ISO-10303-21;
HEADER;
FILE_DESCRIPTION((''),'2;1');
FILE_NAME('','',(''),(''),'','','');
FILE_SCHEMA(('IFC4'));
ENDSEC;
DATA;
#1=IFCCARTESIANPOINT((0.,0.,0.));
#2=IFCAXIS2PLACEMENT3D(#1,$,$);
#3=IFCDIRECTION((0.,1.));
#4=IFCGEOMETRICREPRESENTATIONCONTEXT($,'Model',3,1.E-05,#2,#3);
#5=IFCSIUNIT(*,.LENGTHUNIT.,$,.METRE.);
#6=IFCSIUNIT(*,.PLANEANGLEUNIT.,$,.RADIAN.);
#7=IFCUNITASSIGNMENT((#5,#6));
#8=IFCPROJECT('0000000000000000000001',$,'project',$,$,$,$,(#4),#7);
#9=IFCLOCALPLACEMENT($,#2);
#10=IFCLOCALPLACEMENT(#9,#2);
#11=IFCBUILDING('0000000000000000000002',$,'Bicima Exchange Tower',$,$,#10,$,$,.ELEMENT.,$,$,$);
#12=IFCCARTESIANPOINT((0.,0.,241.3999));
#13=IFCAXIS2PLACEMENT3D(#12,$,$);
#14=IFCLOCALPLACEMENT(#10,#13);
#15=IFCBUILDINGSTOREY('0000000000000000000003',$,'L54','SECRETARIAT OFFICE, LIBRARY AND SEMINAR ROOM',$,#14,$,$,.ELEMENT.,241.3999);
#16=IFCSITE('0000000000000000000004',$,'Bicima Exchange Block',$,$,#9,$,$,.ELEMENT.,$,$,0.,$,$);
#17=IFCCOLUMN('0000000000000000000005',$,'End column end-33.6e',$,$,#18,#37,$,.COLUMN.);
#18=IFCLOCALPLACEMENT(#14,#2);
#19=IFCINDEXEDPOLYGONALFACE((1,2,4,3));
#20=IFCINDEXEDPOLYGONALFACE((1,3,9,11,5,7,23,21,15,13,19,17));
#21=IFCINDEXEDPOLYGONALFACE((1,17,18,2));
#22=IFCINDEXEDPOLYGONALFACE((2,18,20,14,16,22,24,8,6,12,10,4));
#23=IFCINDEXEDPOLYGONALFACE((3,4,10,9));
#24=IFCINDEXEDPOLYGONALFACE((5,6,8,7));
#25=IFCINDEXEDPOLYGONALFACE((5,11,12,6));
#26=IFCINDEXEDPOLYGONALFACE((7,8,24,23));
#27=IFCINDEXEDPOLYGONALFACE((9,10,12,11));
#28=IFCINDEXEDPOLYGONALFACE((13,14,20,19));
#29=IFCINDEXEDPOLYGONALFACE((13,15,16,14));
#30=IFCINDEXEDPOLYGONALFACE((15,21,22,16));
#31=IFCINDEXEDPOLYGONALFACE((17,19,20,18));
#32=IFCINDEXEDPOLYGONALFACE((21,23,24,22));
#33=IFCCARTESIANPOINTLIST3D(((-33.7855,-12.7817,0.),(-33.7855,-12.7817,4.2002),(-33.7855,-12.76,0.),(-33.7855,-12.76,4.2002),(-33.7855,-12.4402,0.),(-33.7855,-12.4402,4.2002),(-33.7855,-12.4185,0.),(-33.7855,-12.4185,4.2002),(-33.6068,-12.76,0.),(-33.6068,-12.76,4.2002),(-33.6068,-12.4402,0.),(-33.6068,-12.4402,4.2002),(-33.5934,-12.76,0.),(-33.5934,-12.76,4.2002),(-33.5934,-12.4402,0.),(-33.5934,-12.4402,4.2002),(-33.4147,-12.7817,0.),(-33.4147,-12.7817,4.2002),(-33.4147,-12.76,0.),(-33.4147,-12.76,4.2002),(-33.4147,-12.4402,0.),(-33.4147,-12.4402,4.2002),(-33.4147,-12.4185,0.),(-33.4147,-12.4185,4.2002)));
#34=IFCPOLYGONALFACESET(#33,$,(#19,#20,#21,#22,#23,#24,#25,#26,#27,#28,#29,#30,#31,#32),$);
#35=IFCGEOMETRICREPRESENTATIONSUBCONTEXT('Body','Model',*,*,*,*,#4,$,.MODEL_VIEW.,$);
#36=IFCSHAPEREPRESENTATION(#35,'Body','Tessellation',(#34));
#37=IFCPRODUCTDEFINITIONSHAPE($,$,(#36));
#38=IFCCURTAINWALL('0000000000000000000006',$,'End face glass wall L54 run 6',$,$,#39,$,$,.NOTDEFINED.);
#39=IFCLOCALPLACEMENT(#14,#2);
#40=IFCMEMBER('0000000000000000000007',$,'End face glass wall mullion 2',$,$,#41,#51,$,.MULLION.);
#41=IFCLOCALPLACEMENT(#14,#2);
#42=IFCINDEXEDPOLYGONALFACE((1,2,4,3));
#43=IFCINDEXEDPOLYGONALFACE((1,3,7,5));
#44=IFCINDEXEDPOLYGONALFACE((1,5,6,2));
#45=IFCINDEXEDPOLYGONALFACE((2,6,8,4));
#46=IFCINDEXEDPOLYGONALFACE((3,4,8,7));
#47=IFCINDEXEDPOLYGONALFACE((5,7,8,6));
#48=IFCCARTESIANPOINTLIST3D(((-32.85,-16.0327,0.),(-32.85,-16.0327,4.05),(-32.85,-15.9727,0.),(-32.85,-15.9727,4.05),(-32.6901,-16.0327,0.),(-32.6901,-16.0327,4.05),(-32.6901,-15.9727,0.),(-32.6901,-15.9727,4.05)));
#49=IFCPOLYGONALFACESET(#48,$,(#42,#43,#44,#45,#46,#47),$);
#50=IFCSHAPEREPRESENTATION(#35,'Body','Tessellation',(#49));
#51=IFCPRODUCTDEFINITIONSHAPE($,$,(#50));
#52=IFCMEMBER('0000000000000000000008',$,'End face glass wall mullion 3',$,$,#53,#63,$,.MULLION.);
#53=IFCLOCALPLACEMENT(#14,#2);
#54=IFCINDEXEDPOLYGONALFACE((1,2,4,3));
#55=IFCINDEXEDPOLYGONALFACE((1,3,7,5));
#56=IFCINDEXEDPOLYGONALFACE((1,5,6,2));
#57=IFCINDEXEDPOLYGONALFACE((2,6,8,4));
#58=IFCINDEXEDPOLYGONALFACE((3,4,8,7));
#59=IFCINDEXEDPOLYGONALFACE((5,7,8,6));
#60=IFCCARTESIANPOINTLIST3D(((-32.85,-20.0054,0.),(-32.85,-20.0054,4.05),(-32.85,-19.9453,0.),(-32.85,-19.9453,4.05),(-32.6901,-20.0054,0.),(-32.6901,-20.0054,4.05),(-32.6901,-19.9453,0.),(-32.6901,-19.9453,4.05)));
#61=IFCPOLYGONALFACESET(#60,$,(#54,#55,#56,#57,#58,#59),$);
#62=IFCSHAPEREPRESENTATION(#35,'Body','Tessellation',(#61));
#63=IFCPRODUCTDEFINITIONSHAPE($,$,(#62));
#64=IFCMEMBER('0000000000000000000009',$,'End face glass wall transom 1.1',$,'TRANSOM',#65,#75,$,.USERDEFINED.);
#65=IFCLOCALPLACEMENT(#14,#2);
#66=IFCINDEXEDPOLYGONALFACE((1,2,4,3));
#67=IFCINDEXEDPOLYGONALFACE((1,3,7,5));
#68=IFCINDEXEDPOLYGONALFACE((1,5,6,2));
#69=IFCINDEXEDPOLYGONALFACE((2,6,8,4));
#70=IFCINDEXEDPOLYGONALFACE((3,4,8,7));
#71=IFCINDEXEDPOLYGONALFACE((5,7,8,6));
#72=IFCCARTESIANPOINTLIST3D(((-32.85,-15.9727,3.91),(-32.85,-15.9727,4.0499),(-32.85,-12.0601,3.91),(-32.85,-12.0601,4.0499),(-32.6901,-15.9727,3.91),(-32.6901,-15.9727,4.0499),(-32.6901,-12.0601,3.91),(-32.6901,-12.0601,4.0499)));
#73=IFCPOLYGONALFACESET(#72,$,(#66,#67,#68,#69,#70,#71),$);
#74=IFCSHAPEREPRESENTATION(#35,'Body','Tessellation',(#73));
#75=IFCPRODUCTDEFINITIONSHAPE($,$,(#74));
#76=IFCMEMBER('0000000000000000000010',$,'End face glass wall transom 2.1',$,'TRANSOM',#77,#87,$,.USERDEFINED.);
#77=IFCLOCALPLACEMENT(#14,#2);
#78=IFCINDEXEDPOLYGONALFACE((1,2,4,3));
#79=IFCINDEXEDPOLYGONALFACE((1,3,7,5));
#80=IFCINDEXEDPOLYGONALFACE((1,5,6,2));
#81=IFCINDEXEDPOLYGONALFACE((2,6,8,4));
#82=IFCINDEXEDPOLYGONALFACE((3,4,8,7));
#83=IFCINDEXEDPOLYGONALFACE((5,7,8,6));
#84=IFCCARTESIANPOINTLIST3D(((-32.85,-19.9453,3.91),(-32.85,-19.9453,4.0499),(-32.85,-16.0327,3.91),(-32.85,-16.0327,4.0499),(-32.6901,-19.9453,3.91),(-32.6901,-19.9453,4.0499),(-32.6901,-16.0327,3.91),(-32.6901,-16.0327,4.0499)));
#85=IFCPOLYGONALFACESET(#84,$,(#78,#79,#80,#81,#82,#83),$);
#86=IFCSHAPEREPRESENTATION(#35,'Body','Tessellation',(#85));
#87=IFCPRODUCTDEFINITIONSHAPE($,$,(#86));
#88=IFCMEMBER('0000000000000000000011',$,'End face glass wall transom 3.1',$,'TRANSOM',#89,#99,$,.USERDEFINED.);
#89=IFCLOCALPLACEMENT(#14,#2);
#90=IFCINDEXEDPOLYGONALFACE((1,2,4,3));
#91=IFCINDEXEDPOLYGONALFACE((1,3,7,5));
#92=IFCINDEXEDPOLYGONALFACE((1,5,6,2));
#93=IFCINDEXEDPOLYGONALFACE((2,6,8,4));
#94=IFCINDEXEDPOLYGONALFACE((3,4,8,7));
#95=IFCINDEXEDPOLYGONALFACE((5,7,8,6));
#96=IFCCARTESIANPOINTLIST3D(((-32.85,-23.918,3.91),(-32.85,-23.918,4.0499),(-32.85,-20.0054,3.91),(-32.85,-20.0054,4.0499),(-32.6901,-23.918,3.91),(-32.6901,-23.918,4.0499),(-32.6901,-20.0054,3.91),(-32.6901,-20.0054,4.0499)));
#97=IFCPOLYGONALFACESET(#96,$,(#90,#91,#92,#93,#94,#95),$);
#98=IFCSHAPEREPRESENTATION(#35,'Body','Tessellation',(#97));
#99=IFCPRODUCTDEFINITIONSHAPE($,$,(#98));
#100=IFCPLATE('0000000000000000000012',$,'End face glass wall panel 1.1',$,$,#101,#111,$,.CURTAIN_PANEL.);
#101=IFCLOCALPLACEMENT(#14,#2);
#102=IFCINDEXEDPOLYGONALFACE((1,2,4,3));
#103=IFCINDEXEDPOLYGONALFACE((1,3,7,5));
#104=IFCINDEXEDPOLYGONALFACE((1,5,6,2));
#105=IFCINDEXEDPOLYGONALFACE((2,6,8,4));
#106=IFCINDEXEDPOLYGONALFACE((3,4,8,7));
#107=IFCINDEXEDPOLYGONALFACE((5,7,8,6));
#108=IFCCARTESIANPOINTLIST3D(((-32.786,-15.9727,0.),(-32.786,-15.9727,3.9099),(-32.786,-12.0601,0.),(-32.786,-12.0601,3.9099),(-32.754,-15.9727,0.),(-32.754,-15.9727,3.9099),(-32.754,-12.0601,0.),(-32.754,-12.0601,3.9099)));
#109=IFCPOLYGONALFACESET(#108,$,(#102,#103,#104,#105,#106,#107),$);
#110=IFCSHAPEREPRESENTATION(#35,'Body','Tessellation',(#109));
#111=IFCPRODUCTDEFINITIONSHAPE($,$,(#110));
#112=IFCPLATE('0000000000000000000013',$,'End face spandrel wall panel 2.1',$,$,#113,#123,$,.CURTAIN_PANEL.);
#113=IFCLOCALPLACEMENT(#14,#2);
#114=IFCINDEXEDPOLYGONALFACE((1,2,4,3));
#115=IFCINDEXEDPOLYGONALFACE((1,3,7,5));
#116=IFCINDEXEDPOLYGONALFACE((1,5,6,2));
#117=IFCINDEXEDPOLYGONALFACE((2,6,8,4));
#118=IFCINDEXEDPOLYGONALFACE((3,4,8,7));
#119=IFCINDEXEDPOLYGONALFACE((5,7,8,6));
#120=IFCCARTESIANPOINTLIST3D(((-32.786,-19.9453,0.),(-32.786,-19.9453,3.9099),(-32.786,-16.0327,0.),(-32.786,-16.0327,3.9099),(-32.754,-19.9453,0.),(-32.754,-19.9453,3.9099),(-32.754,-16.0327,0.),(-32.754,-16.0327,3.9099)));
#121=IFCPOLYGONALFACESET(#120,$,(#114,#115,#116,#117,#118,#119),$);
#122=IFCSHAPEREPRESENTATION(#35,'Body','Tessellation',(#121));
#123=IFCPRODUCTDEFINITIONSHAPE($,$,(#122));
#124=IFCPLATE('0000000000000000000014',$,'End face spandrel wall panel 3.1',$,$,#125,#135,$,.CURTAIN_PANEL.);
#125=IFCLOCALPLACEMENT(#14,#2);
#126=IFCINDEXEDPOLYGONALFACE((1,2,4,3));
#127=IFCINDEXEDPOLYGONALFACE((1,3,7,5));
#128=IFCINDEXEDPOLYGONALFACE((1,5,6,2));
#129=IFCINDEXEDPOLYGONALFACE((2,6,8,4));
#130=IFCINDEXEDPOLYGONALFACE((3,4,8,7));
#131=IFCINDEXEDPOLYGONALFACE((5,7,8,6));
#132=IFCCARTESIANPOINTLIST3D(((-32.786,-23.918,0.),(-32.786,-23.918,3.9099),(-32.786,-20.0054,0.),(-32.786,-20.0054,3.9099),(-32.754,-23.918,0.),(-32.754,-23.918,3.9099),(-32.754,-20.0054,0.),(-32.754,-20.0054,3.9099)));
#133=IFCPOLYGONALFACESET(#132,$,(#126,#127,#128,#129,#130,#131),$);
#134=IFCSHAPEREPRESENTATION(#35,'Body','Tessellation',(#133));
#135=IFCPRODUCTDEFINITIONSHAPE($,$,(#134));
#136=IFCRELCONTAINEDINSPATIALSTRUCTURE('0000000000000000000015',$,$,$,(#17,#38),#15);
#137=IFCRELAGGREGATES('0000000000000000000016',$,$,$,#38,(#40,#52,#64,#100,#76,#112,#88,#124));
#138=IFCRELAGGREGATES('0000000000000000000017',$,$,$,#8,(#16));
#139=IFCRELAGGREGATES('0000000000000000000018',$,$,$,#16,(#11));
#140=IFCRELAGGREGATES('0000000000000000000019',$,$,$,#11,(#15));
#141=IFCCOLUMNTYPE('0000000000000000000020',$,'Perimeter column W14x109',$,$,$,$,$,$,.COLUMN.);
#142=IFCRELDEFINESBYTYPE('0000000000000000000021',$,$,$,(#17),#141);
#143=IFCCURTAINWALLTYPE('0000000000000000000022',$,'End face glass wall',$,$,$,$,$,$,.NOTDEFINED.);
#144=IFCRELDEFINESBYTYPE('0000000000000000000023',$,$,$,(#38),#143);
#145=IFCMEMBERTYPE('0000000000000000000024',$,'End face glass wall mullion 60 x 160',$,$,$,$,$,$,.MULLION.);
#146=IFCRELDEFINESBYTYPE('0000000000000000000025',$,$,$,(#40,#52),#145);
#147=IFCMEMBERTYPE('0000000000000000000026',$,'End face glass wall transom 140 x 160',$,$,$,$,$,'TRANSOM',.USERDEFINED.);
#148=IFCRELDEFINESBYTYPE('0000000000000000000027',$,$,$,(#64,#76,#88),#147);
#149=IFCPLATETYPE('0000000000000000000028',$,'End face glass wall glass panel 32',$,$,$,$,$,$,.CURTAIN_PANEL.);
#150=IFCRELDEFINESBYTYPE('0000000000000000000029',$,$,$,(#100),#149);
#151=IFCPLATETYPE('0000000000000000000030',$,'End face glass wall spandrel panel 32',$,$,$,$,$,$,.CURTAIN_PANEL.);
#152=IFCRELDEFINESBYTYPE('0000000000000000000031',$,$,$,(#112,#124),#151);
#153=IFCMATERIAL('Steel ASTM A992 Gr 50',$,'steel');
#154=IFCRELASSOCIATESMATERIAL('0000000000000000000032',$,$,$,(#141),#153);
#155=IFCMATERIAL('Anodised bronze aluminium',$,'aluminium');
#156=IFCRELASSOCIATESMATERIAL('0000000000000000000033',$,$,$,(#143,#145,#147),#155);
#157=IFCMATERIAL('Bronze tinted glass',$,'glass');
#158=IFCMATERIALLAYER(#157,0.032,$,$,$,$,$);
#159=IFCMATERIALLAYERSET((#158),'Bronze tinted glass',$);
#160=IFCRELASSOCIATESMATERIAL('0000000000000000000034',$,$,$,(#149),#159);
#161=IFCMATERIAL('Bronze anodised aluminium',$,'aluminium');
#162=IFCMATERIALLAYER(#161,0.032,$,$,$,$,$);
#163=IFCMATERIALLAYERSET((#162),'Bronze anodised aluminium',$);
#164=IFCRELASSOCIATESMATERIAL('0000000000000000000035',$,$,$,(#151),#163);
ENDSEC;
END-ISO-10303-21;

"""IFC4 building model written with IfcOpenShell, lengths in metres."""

from ifc_helpers import new_model, si_unit, direction, frame, origin, origin_2d, place, context, subcontext, project, spatial, rectangle, i_section, extrude, material, layer, layer_set, material_profile, profile_set, type_object, element, aggregate, save


model = new_model("IFC4")

# Units and contexts
model_context = context("Model", 3, precision=1e-05, world=origin(), true_north=direction((0.0, 1.0)))
body_context = subcontext(model_context, "Body", "Model", "MODEL_VIEW")
ifc_project = project(units=[si_unit("LENGTHUNIT", "METRE"), si_unit("PLANEANGLEUNIT", "RADIAN")], contexts=[model_context])

# Site, building, storey
site_placement = place(None, origin())
site = spatial("IfcSite", under=ifc_project, at=site_placement, Name="Bicima Exchange Block", CompositionType="ELEMENT", RefElevation=0.0)
building_placement = place(site_placement, origin())
building = spatial("IfcBuilding", under=site, at=building_placement, Name="Bicima Exchange Tower", CompositionType="ELEMENT")
storey_placement = place(building_placement, frame((0.0, 0.0, 241.3999)))
storey = spatial("IfcBuildingStorey", under=building, at=storey_placement, Name="L54", Description="SECRETARIAT OFFICE, LIBRARY AND SEMINAR ROOM", CompositionType="ELEMENT", Elevation=241.3999)

# Column
ifc_material_1 = material(Name="Steel ASTM A992 Gr 50", Category="steel")
ifc_material_profile_1 = material_profile(ifc_material_1, i_section(OverallWidth=0.3708, OverallDepth=0.3633, WebThickness=0.0134, FlangeThickness=0.0217, at=origin_2d()))
ifc_profile_set_1 = profile_set([ifc_material_profile_1], Name="Steel ASTM A992 Gr 50")
column_type = type_object("IfcColumnType", Name="Perimeter column W14x109", PredefinedType="COLUMN", material=ifc_profile_set_1)
column_placement = place(storey_placement, frame((-33.6001, -12.6001, 0.0), z_axis=(0.0, 0.0, 1.0), x_axis=(1.0, 0.0, 0.0)))
element("IfcColumn", 1, at=column_placement, inside=storey, type_object=column_type, Name="End column end-33.6e", PredefinedType="COLUMN", context=body_context, shape_type="SweptSolid", body=[
    extrude(i_section(OverallWidth=0.3708, OverallDepth=0.3633, WebThickness=0.0134, FlangeThickness=0.0217, at=origin_2d()), origin(), (0.0, 0.0, 1.0), 4.2002),
])

# Curtain wall, members, plates
ifc_material_2 = material(Name="Anodised bronze aluminium", Category="aluminium")
curtain_wall_type = type_object("IfcCurtainWallType", Name="End face glass wall", PredefinedType="NOTDEFINED", material=ifc_material_2)
curtain_wall_placement = place(storey_placement, origin())
curtain_wall = element("IfcCurtainWall", 2, at=curtain_wall_placement, inside=storey, type_object=curtain_wall_type, Name="End face glass wall L54 run 6", PredefinedType="NOTDEFINED")
ifc_material_profile_2 = material_profile(ifc_material_2, rectangle(XDim=0.1599, YDim=0.0601, at=origin_2d()))
ifc_profile_set_2 = profile_set([ifc_material_profile_2], Name="Anodised bronze aluminium")
member_type_1 = type_object("IfcMemberType", Name="End face glass wall mullion 60 x 160", PredefinedType="MULLION", material=ifc_profile_set_2)
member_1_placement = place(storey_placement, frame((-32.77, -16.0027, 0.0), z_axis=(0.0, 0.0, 1.0), x_axis=(1.0, 0.0, 0.0)))
member_1 = element("IfcMember", 3, at=member_1_placement, type_object=member_type_1, Name="End face glass wall mullion 2", PredefinedType="MULLION", context=body_context, shape_type="SweptSolid", body=[
    extrude(rectangle(XDim=0.1599, YDim=0.0601, at=origin_2d()), origin(), (0.0, 0.0, 1.0), 4.05),
])
member_2_placement = place(storey_placement, frame((-32.77, -19.9753, 0.0), z_axis=(0.0, 0.0, 1.0), x_axis=(1.0, 0.0, 0.0)))
member_2 = element("IfcMember", 4, at=member_2_placement, type_object=member_type_1, Name="End face glass wall mullion 3", PredefinedType="MULLION", context=body_context, shape_type="SweptSolid", body=[
    extrude(rectangle(XDim=0.1599, YDim=0.0601, at=origin_2d()), origin(), (0.0, 0.0, 1.0), 4.05),
])
ifc_material_profile_3 = material_profile(ifc_material_2, rectangle(XDim=0.1599, YDim=0.1399, at=origin_2d()))
ifc_profile_set_3 = profile_set([ifc_material_profile_3], Name="Anodised bronze aluminium")
member_type_2 = type_object("IfcMemberType", Name="End face glass wall transom 140 x 160", ElementType="TRANSOM", PredefinedType="USERDEFINED", material=ifc_profile_set_3)
member_3_placement = place(storey_placement, frame((-32.77, -12.0601, 3.98), z_axis=(0.0, -1.0, 0.0), x_axis=(1.0, 0.0, 0.0)))
member_3 = element("IfcMember", 5, at=member_3_placement, type_object=member_type_2, Name="End face glass wall transom 1.1", ObjectType="TRANSOM", PredefinedType="USERDEFINED", context=body_context, shape_type="SweptSolid", body=[
    extrude(rectangle(XDim=0.1599, YDim=0.1399, at=origin_2d()), origin(), (0.0, 0.0, 1.0), 3.9126),
])
member_4_placement = place(storey_placement, frame((-32.77, -16.0327, 3.98), z_axis=(0.0, -1.0, 0.0), x_axis=(1.0, 0.0, 0.0)))
member_4 = element("IfcMember", 6, at=member_4_placement, type_object=member_type_2, Name="End face glass wall transom 2.1", ObjectType="TRANSOM", PredefinedType="USERDEFINED", context=body_context, shape_type="SweptSolid", body=[
    extrude(rectangle(XDim=0.1599, YDim=0.1399, at=origin_2d()), origin(), (0.0, 0.0, 1.0), 3.9126),
])
member_5_placement = place(storey_placement, frame((-32.77, -20.0054, 3.98), z_axis=(0.0, -1.0, 0.0), x_axis=(1.0, 0.0, 0.0)))
member_5 = element("IfcMember", 7, at=member_5_placement, type_object=member_type_2, Name="End face glass wall transom 3.1", ObjectType="TRANSOM", PredefinedType="USERDEFINED", context=body_context, shape_type="SweptSolid", body=[
    extrude(rectangle(XDim=0.1599, YDim=0.1399, at=origin_2d()), origin(), (0.0, 0.0, 1.0), 3.9126),
])
ifc_material_3 = material(Name="Bronze tinted glass", Category="glass")
ifc_layer_1 = layer(ifc_material_3, 0.032)
ifc_layer_set_1 = layer_set([ifc_layer_1], Name="Bronze tinted glass")
plate_type_1 = type_object("IfcPlateType", Name="End face glass wall glass panel 32", PredefinedType="CURTAIN_PANEL", material=ifc_layer_set_1)
plate_1_placement = place(storey_placement, frame((-32.77, -14.0164, 0.0), z_axis=(0.0, 0.0, 1.0), x_axis=(0.0, -1.0, 0.0)))
plate_1 = element("IfcPlate", 8, at=plate_1_placement, type_object=plate_type_1, Name="End face glass wall panel 1.1", PredefinedType="CURTAIN_PANEL", context=body_context, shape_type="SweptSolid", body=[
    extrude(rectangle(XDim=3.9126, YDim=0.032, at=origin_2d()), origin(), (0.0, 0.0, 1.0), 3.9099),
])
ifc_material_4 = material(Name="Bronze anodised aluminium", Category="aluminium")
ifc_layer_2 = layer(ifc_material_4, 0.032)
ifc_layer_set_2 = layer_set([ifc_layer_2], Name="Bronze anodised aluminium")
plate_type_2 = type_object("IfcPlateType", Name="End face glass wall spandrel panel 32", PredefinedType="CURTAIN_PANEL", material=ifc_layer_set_2)
plate_2_placement = place(storey_placement, frame((-32.77, -17.989, 0.0), z_axis=(0.0, 0.0, 1.0), x_axis=(0.0, -1.0, 0.0)))
plate_2 = element("IfcPlate", 9, at=plate_2_placement, type_object=plate_type_2, Name="End face spandrel wall panel 2.1", PredefinedType="CURTAIN_PANEL", context=body_context, shape_type="SweptSolid", body=[
    extrude(rectangle(XDim=3.9126, YDim=0.032, at=origin_2d()), origin(), (0.0, 0.0, 1.0), 3.9099),
])
plate_3_placement = place(storey_placement, frame((-32.77, -21.9617, 0.0), z_axis=(0.0, 0.0, 1.0), x_axis=(0.0, -1.0, 0.0)))
plate_3 = element("IfcPlate", 10, at=plate_3_placement, type_object=plate_type_2, Name="End face spandrel wall panel 3.1", PredefinedType="CURTAIN_PANEL", context=body_context, shape_type="SweptSolid", body=[
    extrude(rectangle(XDim=3.9126, YDim=0.032, at=origin_2d()), origin(), (0.0, 0.0, 1.0), 3.9099),
])
aggregate(curtain_wall, [member_1, member_2, member_3, plate_1, member_4, plate_2, member_5, plate_3])

save(model, "model.ifc")
